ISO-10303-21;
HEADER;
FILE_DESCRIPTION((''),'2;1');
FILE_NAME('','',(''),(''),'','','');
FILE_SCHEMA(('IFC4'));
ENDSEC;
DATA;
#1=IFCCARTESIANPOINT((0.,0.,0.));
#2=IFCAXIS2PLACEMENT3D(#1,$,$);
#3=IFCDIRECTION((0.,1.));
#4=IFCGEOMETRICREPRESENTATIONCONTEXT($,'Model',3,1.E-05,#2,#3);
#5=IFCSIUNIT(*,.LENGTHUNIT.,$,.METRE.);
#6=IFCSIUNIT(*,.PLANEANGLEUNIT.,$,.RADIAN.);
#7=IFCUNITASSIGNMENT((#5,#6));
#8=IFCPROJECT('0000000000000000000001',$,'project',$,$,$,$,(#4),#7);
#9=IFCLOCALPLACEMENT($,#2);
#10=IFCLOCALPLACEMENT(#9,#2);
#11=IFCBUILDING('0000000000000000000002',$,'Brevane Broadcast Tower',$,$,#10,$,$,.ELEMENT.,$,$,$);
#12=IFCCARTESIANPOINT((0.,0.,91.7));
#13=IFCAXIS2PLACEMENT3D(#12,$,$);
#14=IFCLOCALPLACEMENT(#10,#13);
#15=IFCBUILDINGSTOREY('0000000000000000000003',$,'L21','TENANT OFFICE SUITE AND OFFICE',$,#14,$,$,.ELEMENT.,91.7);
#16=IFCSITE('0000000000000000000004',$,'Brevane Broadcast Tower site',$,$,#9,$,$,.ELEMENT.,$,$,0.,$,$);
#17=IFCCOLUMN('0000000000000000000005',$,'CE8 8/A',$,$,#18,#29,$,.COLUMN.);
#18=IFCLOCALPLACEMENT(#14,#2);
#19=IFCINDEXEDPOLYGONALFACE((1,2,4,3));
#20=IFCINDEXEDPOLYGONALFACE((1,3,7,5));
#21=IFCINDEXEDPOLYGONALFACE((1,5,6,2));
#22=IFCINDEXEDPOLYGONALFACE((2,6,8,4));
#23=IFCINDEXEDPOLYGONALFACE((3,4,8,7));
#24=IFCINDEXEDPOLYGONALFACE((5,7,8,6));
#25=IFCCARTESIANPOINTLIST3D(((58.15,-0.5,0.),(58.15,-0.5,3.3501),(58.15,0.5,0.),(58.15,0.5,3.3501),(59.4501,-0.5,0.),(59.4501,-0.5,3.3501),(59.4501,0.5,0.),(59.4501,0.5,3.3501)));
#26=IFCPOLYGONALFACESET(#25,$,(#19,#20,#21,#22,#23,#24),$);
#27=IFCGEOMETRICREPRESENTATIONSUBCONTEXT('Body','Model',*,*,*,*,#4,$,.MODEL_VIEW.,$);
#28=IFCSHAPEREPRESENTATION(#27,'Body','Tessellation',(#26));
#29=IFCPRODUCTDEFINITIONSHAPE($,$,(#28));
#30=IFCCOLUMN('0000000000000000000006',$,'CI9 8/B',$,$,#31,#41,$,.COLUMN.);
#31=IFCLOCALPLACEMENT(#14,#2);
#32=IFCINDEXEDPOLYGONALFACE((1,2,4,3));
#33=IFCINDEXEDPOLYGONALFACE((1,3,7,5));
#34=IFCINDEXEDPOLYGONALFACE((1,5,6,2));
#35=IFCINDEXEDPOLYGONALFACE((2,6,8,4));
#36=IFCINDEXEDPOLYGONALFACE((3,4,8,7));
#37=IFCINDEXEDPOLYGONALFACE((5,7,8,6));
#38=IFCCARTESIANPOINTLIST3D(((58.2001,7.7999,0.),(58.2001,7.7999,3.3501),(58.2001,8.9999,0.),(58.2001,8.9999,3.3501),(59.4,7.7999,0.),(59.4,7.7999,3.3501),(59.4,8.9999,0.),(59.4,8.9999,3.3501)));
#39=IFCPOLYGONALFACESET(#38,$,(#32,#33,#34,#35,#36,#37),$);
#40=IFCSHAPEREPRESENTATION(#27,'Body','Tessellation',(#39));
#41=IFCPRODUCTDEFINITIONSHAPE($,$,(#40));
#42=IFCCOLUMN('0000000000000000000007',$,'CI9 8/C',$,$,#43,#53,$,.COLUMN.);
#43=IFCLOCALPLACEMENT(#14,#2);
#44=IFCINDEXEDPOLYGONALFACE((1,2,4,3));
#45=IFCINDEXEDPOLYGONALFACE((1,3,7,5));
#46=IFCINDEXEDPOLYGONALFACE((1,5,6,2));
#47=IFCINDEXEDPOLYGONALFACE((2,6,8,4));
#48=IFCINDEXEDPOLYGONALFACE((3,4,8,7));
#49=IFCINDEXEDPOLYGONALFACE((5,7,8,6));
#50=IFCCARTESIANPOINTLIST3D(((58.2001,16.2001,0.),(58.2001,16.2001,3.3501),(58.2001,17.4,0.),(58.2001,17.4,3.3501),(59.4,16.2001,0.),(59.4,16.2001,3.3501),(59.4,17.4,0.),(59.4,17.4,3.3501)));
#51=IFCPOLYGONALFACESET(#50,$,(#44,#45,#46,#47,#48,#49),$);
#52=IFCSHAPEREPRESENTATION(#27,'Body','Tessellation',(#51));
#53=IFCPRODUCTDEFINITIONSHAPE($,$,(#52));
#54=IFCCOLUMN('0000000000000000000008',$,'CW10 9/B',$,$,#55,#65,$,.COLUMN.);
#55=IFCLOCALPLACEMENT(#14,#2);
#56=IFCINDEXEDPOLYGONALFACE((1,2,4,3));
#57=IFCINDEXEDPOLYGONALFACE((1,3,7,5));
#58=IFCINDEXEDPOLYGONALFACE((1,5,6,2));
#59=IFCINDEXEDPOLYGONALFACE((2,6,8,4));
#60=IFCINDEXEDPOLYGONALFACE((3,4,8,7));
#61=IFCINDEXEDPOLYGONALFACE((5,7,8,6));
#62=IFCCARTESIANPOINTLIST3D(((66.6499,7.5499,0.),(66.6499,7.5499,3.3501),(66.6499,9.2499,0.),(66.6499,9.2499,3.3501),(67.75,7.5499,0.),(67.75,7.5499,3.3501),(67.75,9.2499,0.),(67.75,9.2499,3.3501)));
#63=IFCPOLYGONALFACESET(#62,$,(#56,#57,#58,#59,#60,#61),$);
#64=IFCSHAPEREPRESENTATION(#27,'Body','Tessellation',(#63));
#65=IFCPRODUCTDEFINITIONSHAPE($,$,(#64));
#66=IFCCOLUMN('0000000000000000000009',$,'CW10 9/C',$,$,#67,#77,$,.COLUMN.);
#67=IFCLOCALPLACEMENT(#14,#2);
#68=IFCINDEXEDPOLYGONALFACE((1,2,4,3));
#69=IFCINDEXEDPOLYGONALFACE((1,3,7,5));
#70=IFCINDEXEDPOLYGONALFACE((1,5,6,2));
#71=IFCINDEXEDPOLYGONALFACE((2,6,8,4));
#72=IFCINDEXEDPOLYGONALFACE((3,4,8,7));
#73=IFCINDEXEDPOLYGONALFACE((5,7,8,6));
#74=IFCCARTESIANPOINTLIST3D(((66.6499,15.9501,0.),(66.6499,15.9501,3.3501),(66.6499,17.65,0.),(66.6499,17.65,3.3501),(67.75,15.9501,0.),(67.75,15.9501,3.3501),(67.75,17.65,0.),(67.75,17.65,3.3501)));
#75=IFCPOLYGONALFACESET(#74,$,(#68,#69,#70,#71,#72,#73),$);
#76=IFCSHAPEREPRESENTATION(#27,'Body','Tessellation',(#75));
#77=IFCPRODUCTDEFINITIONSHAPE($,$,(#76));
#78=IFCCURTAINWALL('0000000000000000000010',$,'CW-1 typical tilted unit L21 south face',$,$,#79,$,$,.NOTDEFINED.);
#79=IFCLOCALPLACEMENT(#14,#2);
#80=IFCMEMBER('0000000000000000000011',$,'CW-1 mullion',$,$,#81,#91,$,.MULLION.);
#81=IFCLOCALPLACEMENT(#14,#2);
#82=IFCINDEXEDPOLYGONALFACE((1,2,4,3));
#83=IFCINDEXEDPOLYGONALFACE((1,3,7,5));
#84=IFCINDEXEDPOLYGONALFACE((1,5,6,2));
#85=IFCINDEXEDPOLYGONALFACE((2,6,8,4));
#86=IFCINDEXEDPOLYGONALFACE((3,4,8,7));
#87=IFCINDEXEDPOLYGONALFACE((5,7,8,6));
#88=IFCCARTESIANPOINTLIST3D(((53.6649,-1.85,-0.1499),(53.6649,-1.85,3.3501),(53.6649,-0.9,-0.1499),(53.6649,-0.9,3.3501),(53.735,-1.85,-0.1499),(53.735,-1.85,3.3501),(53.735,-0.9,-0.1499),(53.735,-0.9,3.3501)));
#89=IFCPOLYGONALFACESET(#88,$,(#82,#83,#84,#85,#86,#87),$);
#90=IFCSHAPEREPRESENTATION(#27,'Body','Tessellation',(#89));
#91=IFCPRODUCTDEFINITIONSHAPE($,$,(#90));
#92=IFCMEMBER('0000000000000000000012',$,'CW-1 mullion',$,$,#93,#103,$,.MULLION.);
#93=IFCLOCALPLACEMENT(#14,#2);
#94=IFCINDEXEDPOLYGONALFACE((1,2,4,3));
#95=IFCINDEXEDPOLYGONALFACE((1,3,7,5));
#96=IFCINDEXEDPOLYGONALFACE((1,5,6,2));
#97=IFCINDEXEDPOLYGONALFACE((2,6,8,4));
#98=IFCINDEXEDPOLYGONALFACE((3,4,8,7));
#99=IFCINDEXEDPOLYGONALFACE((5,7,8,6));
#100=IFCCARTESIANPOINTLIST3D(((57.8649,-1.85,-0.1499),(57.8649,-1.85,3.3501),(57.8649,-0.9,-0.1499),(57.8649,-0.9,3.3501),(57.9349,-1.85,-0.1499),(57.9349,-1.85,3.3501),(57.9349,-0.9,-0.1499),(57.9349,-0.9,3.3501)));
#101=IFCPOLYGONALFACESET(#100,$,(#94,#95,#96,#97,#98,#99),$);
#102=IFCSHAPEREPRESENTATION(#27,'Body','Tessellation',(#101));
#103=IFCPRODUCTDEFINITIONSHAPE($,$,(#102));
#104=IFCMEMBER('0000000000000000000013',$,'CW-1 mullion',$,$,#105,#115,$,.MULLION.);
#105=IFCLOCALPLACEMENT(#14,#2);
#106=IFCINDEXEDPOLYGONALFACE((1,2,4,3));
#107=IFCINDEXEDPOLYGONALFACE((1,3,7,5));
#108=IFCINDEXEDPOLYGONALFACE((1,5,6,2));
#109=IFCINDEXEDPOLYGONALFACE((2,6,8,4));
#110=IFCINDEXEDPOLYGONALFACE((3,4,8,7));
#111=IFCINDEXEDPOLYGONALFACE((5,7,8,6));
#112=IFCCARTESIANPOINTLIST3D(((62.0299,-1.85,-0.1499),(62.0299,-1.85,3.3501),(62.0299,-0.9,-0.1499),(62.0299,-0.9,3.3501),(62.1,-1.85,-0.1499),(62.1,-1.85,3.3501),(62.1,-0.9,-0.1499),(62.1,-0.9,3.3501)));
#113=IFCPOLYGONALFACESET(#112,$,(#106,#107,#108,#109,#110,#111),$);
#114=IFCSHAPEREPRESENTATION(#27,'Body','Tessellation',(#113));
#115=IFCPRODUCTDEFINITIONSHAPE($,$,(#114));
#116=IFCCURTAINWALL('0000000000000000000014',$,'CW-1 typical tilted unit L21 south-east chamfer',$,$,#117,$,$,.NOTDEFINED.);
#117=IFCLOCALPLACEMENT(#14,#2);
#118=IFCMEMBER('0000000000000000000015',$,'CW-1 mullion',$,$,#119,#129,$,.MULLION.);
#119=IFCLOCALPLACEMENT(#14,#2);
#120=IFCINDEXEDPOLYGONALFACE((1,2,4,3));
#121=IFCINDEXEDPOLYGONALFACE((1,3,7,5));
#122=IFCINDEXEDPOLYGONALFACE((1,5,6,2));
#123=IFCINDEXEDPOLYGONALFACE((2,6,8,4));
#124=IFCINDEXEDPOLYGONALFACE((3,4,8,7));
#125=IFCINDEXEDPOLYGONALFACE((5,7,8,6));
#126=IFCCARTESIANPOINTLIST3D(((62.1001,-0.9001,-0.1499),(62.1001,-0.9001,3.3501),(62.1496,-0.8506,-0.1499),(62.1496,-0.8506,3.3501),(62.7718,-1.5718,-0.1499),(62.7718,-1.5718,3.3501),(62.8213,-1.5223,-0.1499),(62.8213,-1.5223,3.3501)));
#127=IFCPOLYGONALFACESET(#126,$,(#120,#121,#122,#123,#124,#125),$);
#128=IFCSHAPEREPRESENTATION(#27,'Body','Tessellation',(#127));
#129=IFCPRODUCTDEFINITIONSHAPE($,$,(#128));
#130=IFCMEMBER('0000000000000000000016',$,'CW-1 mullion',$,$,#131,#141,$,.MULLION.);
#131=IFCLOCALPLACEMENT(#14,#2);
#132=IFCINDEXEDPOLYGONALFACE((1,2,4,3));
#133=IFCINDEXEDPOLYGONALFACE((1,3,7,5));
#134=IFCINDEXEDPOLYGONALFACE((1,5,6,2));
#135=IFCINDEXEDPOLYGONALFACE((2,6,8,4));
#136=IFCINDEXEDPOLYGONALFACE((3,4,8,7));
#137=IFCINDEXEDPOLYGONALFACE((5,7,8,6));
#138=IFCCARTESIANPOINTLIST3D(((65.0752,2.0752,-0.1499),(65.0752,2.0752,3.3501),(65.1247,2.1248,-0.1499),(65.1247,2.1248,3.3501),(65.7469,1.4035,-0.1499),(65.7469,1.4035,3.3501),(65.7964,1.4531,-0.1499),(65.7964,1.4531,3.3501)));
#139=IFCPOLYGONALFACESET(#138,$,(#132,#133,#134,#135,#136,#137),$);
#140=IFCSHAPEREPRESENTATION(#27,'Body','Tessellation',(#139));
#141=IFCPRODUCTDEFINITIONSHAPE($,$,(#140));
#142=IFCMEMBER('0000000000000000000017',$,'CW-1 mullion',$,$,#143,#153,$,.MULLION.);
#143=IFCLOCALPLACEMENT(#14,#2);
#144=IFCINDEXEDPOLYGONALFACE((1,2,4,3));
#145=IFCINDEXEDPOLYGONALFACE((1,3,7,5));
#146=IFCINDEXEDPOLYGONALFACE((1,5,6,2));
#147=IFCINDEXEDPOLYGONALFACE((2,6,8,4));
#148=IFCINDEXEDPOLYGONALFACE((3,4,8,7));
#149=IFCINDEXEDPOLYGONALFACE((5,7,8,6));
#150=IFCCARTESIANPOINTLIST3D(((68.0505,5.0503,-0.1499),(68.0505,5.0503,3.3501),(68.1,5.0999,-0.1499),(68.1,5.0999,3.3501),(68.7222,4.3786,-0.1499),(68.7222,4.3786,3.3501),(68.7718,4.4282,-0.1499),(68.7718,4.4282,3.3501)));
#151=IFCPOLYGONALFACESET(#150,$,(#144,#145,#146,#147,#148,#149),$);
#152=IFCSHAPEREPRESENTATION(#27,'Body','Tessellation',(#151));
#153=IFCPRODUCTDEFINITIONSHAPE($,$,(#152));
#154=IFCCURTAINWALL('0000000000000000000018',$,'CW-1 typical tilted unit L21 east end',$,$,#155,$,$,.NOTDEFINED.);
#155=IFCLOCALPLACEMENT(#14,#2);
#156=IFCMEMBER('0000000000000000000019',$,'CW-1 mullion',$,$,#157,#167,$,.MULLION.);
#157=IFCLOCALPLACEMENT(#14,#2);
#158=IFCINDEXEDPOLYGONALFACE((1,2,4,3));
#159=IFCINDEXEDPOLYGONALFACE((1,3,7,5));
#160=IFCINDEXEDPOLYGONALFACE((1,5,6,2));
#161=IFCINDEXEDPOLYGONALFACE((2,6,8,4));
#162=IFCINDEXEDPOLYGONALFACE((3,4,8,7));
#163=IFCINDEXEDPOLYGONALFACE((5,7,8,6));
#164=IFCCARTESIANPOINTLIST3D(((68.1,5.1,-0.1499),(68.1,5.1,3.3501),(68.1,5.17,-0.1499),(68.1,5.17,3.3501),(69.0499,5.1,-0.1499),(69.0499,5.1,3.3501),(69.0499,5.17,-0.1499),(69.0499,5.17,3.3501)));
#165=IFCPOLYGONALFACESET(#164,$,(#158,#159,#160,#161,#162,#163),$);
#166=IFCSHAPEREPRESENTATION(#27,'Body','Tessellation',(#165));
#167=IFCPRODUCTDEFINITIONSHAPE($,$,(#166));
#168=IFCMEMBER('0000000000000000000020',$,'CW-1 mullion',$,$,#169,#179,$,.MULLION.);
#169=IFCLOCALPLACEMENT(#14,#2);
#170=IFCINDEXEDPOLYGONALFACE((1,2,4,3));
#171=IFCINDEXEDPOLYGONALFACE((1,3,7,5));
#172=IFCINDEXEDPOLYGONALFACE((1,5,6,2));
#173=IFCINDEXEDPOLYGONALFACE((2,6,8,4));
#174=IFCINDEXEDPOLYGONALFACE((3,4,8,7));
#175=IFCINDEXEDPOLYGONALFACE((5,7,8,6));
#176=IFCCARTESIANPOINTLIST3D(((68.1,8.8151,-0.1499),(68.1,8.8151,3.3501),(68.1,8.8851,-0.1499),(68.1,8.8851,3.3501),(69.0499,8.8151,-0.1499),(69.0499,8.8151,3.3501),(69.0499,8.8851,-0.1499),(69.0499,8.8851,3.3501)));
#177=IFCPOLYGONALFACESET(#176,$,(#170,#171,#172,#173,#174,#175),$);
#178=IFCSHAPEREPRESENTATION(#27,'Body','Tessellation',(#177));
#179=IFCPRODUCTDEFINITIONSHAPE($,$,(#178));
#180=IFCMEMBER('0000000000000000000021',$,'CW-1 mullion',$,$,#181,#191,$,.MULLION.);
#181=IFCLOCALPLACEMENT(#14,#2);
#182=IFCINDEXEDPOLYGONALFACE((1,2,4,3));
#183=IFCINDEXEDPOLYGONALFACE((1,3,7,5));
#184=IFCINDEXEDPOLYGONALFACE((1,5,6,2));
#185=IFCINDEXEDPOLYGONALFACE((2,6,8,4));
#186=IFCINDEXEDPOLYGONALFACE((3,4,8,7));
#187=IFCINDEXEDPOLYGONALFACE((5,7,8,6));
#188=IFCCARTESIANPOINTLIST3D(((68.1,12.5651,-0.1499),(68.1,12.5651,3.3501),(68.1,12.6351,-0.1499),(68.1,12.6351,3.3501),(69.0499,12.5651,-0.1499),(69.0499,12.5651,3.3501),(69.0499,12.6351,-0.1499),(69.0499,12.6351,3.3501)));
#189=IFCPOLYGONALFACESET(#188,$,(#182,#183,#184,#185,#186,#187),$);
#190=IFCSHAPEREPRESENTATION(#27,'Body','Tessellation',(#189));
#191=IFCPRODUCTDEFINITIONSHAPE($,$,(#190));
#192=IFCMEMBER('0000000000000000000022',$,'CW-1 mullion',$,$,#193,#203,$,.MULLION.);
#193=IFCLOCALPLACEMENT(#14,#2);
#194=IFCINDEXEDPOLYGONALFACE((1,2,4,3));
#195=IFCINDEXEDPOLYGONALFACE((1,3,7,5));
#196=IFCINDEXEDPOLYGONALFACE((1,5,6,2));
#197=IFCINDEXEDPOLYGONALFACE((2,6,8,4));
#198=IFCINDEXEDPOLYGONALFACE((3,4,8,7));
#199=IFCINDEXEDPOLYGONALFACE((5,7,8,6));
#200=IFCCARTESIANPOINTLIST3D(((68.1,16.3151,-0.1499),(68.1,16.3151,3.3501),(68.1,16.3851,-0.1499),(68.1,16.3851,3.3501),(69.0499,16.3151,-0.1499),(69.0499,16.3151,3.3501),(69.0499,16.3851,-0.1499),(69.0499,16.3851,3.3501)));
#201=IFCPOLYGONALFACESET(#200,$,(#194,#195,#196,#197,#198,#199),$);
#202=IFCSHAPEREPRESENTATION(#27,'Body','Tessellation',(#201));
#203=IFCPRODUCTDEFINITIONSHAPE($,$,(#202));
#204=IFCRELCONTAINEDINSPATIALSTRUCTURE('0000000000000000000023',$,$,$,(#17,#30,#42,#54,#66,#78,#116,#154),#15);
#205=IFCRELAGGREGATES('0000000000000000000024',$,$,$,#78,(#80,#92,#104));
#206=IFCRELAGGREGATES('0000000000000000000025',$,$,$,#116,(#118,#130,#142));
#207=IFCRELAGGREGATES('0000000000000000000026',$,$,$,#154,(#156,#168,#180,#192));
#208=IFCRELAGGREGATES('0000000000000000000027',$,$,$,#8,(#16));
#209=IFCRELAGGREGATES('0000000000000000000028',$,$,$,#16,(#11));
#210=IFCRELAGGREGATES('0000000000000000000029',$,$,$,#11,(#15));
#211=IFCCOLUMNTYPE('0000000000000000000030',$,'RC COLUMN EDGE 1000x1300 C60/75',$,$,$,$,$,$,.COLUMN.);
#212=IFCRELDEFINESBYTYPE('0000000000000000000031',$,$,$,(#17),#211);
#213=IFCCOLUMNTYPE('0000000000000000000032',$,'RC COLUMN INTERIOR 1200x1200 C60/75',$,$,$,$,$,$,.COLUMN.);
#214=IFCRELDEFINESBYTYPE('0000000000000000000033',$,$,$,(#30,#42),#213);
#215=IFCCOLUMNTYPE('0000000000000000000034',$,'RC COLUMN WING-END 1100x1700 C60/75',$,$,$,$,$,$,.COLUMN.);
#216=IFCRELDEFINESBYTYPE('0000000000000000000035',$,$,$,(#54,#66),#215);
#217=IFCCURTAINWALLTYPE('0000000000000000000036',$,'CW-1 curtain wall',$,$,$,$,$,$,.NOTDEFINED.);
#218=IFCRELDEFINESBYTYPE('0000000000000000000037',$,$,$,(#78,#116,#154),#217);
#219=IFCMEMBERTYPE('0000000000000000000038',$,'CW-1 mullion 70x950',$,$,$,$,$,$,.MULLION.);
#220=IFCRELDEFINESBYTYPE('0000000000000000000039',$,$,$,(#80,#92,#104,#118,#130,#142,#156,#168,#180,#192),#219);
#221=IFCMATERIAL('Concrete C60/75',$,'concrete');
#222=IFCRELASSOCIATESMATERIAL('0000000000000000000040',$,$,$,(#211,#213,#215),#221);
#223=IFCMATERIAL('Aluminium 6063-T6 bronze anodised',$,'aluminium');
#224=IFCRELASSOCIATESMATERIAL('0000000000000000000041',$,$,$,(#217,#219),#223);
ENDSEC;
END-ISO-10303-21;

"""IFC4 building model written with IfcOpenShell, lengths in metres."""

from ifc_helpers import new_model, si_unit, direction, frame, origin, origin_2d, place, context, subcontext, project, spatial, rectangle, extrude, material, material_profile, profile_set, type_object, element, aggregate, save


model = new_model("IFC4")

# Units and contexts
model_context = context("Model", 3, precision=1e-05, world=origin(), true_north=direction((0.0, 1.0)))
body_context = subcontext(model_context, "Body", "Model", "MODEL_VIEW")
ifc_project = project(units=[si_unit("LENGTHUNIT", "METRE"), si_unit("PLANEANGLEUNIT", "RADIAN")], contexts=[model_context])

# Site, building, storey
site_placement = place(None, origin())
site = spatial("IfcSite", under=ifc_project, at=site_placement, Name="Brevane Broadcast Tower site", CompositionType="ELEMENT", RefElevation=0.0)
building_placement = place(site_placement, origin())
building = spatial("IfcBuilding", under=site, at=building_placement, Name="Brevane Broadcast Tower", CompositionType="ELEMENT")
storey_placement = place(building_placement, frame((0.0, 0.0, 91.7)))
storey = spatial("IfcBuildingStorey", under=building, at=storey_placement, Name="L21", Description="TENANT OFFICE SUITE AND OFFICE", CompositionType="ELEMENT", Elevation=91.7)

# Columns
ifc_material_1 = material(Name="Concrete C60/75", Category="concrete")
ifc_material_profile_1 = material_profile(ifc_material_1, rectangle(XDim=1.0, YDim=1.3, at=origin_2d()), Name="RC 1000x1300")
ifc_profile_set_1 = profile_set([ifc_material_profile_1], Name="Concrete C60/75")
column_type_1 = type_object("IfcColumnType", Name="RC COLUMN EDGE 1000x1300 C60/75", PredefinedType="COLUMN", material=ifc_profile_set_1)
column_placement = place(storey_placement, frame((58.8, 0.0, 0.0), z_axis=(0.0, 0.0, 1.0), x_axis=(0.0, 1.0, 0.0)))
element("IfcColumn", 1, at=column_placement, inside=storey, type_object=column_type_1, Name="CE8 8/A", PredefinedType="COLUMN", context=body_context, shape_type="SweptSolid", body=[
    extrude(rectangle(XDim=1.0, YDim=1.3, at=origin_2d()), origin(), (0.0, 0.0, 1.0), 3.3501),
])
ifc_material_profile_2 = material_profile(ifc_material_1, rectangle(XDim=1.2, YDim=1.2, at=origin_2d()), Name="RC 1200x1200")
ifc_profile_set_2 = profile_set([ifc_material_profile_2], Name="Concrete C60/75")
column_type_2 = type_object("IfcColumnType", Name="RC COLUMN INTERIOR 1200x1200 C60/75", PredefinedType="COLUMN", material=ifc_profile_set_2)
for number, where, z_axis, x_axis, name in (
    (2, (58.8, 8.3999, 0.0), (0.0, 0.0, 1.0), (1.0, 0.0, 0.0), "CI9 8/B"),
    (3, (58.8, 16.8, 0.0), (0.0, 0.0, 1.0), (1.0, 0.0, 0.0), "CI9 8/C"),
):
    element("IfcColumn", number, at=place(storey_placement, frame(where, z_axis=z_axis, x_axis=x_axis)), inside=storey, type_object=column_type_2, Name=name, PredefinedType="COLUMN", context=body_context, shape_type="SweptSolid", body=[
        extrude(rectangle(XDim=1.2, YDim=1.2, at=origin_2d()), origin(), (0.0, 0.0, 1.0), 3.3501),
    ])
ifc_material_profile_3 = material_profile(ifc_material_1, rectangle(XDim=1.1001, YDim=1.7, at=origin_2d()), Name="RC 1100x1700")
ifc_profile_set_3 = profile_set([ifc_material_profile_3], Name="Concrete C60/75")
column_type_3 = type_object("IfcColumnType", Name="RC COLUMN WING-END 1100x1700 C60/75", PredefinedType="COLUMN", material=ifc_profile_set_3)
for number, where, z_axis, x_axis, name in (
    (4, (67.2, 8.3999, 0.0), (0.0, 0.0, 1.0), (1.0, 0.0, 0.0), "CW10 9/B"),
    (5, (67.2, 16.8, 0.0), (0.0, 0.0, 1.0), (1.0, 0.0, 0.0), "CW10 9/C"),
):
    element("IfcColumn", number, at=place(storey_placement, frame(where, z_axis=z_axis, x_axis=x_axis)), inside=storey, type_object=column_type_3, Name=name, PredefinedType="COLUMN", context=body_context, shape_type="SweptSolid", body=[
        extrude(rectangle(XDim=1.1001, YDim=1.7, at=origin_2d()), origin(), (0.0, 0.0, 1.0), 3.3501),
    ])

# Curtain walls, members
ifc_material_2 = material(Name="Aluminium 6063-T6 bronze anodised", Category="aluminium")
curtain_wall_type = type_object("IfcCurtainWallType", Name="CW-1 curtain wall", PredefinedType="NOTDEFINED", material=ifc_material_2)
curtain_wall_1_placement = place(storey_placement, origin())
curtain_wall_1 = element("IfcCurtainWall", 6, at=curtain_wall_1_placement, inside=storey, type_object=curtain_wall_type, Name="CW-1 typical tilted unit L21 south face", PredefinedType="NOTDEFINED")
ifc_material_profile_4 = material_profile(ifc_material_2, rectangle(XDim=0.95, YDim=0.0701, at=origin_2d()), Name="RECT 70x950")
ifc_profile_set_4 = profile_set([ifc_material_profile_4], Name="Aluminium 6063-T6 bronze anodised")
member_type_1 = type_object("IfcMemberType", Name="CW-1 mullion 70x950", PredefinedType="MULLION", material=ifc_profile_set_4)
member_1_placement = place(storey_placement, frame((53.7, -1.375, -0.1499), z_axis=(0.0, 0.0, 1.0), x_axis=(0.0, 1.0, 0.0)))
member_1 = element("IfcMember", 7, at=member_1_placement, type_object=member_type_1, Name="CW-1 mullion", PredefinedType="MULLION", context=body_context, shape_type="SweptSolid", body=[
    extrude(rectangle(XDim=0.95, YDim=0.0701, at=origin_2d()), origin(), (0.0, 0.0, 1.0), 3.5),
])
member_2_placement = place(storey_placement, frame((57.8999, -1.375, -0.1499), z_axis=(0.0, 0.0, 1.0), x_axis=(0.0, 1.0, 0.0)))
member_2 = element("IfcMember", 8, at=member_2_placement, type_object=member_type_1, Name="CW-1 mullion", PredefinedType="MULLION", context=body_context, shape_type="SweptSolid", body=[
    extrude(rectangle(XDim=0.95, YDim=0.0701, at=origin_2d()), origin(), (0.0, 0.0, 1.0), 3.5),
])
member_3_placement = place(storey_placement, frame((62.0649, -1.375, -0.1499), z_axis=(0.0, 0.0, 1.0), x_axis=(0.0, 1.0, 0.0)))
member_3 = element("IfcMember", 9, at=member_3_placement, type_object=member_type_1, Name="CW-1 mullion", PredefinedType="MULLION", context=body_context, shape_type="SweptSolid", body=[
    extrude(rectangle(XDim=0.95, YDim=0.0701, at=origin_2d()), origin(), (0.0, 0.0, 1.0), 3.5),
])
aggregate(curtain_wall_1, [member_1, member_2, member_3])
curtain_wall_2_placement = place(storey_placement, origin())
curtain_wall_2 = element("IfcCurtainWall", 10, at=curtain_wall_2_placement, inside=storey, type_object=curtain_wall_type, Name="CW-1 typical tilted unit L21 south-east chamfer", PredefinedType="NOTDEFINED")
member_4_placement = place(storey_placement, frame((62.4607, -1.2112, -0.1499), z_axis=(0.0, 0.0, 1.0), x_axis=(-0.707107, 0.707107, 0.0)))
member_4 = element("IfcMember", 11, at=member_4_placement, type_object=member_type_1, Name="CW-1 mullion", PredefinedType="MULLION", context=body_context, shape_type="SweptSolid", body=[
    extrude(rectangle(XDim=0.95, YDim=0.0701, at=origin_2d()), origin(), (0.0, 0.0, 1.0), 3.5),
])
member_5_placement = place(storey_placement, frame((65.4358, 1.7642, -0.1499), z_axis=(0.0, 0.0, 1.0), x_axis=(-0.707107, 0.707107, 0.0)))
member_5 = element("IfcMember", 12, at=member_5_placement, type_object=member_type_1, Name="CW-1 mullion", PredefinedType="MULLION", context=body_context, shape_type="SweptSolid", body=[
    extrude(rectangle(XDim=0.95, YDim=0.0701, at=origin_2d()), origin(), (0.0, 0.0, 1.0), 3.5),
])
member_6_placement = place(storey_placement, frame((68.4111, 4.7393, -0.1499), z_axis=(0.0, 0.0, 1.0), x_axis=(-0.707107, 0.707107, 0.0)))
member_6 = element("IfcMember", 13, at=member_6_placement, type_object=member_type_1, Name="CW-1 mullion", PredefinedType="MULLION", context=body_context, shape_type="SweptSolid", body=[
    extrude(rectangle(XDim=0.95, YDim=0.0701, at=origin_2d()), origin(), (0.0, 0.0, 1.0), 3.5),
])
curtain_wall_3_placement = place(storey_placement, origin())
curtain_wall_3 = element("IfcCurtainWall", 14, at=curtain_wall_3_placement, inside=storey, type_object=curtain_wall_type, Name="CW-1 typical tilted unit L21 east end", PredefinedType="NOTDEFINED")
member_7_placement = place(storey_placement, frame((68.575, 5.135, -0.1499), z_axis=(0.0, 0.0, 1.0), x_axis=(-1.0, 0.0, 0.0)))
member_7 = element("IfcMember", 15, at=member_7_placement, type_object=member_type_1, Name="CW-1 mullion", PredefinedType="MULLION", context=body_context, shape_type="SweptSolid", body=[
    extrude(rectangle(XDim=0.95, YDim=0.0701, at=origin_2d()), origin(), (0.0, 0.0, 1.0), 3.5),
])
member_8_placement = place(storey_placement, frame((68.575, 8.8501, -0.1499), z_axis=(0.0, 0.0, 1.0), x_axis=(-1.0, 0.0, 0.0)))
member_8 = element("IfcMember", 16, at=member_8_placement, type_object=member_type_1, Name="CW-1 mullion", PredefinedType="MULLION", context=body_context, shape_type="SweptSolid", body=[
    extrude(rectangle(XDim=0.95, YDim=0.0701, at=origin_2d()), origin(), (0.0, 0.0, 1.0), 3.5),
])
member_9_placement = place(storey_placement, frame((68.575, 12.6001, -0.1499), z_axis=(0.0, 0.0, 1.0), x_axis=(-1.0, 0.0, 0.0)))
member_9 = element("IfcMember", 17, at=member_9_placement, type_object=member_type_1, Name="CW-1 mullion", PredefinedType="MULLION", context=body_context, shape_type="SweptSolid", body=[
    extrude(rectangle(XDim=0.95, YDim=0.0701, at=origin_2d()), origin(), (0.0, 0.0, 1.0), 3.5),
])
member_10_placement = place(storey_placement, frame((68.575, 16.3501, -0.1499), z_axis=(0.0, 0.0, 1.0), x_axis=(-1.0, 0.0, 0.0)))
member_10 = element("IfcMember", 18, at=member_10_placement, type_object=member_type_1, Name="CW-1 mullion", PredefinedType="MULLION", context=body_context, shape_type="SweptSolid", body=[
    extrude(rectangle(XDim=0.95, YDim=0.0701, at=origin_2d()), origin(), (0.0, 0.0, 1.0), 3.5),
])

aggregate(curtain_wall_2, [member_4, member_5, member_6])
aggregate(curtain_wall_3, [member_7, member_8, member_9, member_10])

save(model, "model.ifc")
